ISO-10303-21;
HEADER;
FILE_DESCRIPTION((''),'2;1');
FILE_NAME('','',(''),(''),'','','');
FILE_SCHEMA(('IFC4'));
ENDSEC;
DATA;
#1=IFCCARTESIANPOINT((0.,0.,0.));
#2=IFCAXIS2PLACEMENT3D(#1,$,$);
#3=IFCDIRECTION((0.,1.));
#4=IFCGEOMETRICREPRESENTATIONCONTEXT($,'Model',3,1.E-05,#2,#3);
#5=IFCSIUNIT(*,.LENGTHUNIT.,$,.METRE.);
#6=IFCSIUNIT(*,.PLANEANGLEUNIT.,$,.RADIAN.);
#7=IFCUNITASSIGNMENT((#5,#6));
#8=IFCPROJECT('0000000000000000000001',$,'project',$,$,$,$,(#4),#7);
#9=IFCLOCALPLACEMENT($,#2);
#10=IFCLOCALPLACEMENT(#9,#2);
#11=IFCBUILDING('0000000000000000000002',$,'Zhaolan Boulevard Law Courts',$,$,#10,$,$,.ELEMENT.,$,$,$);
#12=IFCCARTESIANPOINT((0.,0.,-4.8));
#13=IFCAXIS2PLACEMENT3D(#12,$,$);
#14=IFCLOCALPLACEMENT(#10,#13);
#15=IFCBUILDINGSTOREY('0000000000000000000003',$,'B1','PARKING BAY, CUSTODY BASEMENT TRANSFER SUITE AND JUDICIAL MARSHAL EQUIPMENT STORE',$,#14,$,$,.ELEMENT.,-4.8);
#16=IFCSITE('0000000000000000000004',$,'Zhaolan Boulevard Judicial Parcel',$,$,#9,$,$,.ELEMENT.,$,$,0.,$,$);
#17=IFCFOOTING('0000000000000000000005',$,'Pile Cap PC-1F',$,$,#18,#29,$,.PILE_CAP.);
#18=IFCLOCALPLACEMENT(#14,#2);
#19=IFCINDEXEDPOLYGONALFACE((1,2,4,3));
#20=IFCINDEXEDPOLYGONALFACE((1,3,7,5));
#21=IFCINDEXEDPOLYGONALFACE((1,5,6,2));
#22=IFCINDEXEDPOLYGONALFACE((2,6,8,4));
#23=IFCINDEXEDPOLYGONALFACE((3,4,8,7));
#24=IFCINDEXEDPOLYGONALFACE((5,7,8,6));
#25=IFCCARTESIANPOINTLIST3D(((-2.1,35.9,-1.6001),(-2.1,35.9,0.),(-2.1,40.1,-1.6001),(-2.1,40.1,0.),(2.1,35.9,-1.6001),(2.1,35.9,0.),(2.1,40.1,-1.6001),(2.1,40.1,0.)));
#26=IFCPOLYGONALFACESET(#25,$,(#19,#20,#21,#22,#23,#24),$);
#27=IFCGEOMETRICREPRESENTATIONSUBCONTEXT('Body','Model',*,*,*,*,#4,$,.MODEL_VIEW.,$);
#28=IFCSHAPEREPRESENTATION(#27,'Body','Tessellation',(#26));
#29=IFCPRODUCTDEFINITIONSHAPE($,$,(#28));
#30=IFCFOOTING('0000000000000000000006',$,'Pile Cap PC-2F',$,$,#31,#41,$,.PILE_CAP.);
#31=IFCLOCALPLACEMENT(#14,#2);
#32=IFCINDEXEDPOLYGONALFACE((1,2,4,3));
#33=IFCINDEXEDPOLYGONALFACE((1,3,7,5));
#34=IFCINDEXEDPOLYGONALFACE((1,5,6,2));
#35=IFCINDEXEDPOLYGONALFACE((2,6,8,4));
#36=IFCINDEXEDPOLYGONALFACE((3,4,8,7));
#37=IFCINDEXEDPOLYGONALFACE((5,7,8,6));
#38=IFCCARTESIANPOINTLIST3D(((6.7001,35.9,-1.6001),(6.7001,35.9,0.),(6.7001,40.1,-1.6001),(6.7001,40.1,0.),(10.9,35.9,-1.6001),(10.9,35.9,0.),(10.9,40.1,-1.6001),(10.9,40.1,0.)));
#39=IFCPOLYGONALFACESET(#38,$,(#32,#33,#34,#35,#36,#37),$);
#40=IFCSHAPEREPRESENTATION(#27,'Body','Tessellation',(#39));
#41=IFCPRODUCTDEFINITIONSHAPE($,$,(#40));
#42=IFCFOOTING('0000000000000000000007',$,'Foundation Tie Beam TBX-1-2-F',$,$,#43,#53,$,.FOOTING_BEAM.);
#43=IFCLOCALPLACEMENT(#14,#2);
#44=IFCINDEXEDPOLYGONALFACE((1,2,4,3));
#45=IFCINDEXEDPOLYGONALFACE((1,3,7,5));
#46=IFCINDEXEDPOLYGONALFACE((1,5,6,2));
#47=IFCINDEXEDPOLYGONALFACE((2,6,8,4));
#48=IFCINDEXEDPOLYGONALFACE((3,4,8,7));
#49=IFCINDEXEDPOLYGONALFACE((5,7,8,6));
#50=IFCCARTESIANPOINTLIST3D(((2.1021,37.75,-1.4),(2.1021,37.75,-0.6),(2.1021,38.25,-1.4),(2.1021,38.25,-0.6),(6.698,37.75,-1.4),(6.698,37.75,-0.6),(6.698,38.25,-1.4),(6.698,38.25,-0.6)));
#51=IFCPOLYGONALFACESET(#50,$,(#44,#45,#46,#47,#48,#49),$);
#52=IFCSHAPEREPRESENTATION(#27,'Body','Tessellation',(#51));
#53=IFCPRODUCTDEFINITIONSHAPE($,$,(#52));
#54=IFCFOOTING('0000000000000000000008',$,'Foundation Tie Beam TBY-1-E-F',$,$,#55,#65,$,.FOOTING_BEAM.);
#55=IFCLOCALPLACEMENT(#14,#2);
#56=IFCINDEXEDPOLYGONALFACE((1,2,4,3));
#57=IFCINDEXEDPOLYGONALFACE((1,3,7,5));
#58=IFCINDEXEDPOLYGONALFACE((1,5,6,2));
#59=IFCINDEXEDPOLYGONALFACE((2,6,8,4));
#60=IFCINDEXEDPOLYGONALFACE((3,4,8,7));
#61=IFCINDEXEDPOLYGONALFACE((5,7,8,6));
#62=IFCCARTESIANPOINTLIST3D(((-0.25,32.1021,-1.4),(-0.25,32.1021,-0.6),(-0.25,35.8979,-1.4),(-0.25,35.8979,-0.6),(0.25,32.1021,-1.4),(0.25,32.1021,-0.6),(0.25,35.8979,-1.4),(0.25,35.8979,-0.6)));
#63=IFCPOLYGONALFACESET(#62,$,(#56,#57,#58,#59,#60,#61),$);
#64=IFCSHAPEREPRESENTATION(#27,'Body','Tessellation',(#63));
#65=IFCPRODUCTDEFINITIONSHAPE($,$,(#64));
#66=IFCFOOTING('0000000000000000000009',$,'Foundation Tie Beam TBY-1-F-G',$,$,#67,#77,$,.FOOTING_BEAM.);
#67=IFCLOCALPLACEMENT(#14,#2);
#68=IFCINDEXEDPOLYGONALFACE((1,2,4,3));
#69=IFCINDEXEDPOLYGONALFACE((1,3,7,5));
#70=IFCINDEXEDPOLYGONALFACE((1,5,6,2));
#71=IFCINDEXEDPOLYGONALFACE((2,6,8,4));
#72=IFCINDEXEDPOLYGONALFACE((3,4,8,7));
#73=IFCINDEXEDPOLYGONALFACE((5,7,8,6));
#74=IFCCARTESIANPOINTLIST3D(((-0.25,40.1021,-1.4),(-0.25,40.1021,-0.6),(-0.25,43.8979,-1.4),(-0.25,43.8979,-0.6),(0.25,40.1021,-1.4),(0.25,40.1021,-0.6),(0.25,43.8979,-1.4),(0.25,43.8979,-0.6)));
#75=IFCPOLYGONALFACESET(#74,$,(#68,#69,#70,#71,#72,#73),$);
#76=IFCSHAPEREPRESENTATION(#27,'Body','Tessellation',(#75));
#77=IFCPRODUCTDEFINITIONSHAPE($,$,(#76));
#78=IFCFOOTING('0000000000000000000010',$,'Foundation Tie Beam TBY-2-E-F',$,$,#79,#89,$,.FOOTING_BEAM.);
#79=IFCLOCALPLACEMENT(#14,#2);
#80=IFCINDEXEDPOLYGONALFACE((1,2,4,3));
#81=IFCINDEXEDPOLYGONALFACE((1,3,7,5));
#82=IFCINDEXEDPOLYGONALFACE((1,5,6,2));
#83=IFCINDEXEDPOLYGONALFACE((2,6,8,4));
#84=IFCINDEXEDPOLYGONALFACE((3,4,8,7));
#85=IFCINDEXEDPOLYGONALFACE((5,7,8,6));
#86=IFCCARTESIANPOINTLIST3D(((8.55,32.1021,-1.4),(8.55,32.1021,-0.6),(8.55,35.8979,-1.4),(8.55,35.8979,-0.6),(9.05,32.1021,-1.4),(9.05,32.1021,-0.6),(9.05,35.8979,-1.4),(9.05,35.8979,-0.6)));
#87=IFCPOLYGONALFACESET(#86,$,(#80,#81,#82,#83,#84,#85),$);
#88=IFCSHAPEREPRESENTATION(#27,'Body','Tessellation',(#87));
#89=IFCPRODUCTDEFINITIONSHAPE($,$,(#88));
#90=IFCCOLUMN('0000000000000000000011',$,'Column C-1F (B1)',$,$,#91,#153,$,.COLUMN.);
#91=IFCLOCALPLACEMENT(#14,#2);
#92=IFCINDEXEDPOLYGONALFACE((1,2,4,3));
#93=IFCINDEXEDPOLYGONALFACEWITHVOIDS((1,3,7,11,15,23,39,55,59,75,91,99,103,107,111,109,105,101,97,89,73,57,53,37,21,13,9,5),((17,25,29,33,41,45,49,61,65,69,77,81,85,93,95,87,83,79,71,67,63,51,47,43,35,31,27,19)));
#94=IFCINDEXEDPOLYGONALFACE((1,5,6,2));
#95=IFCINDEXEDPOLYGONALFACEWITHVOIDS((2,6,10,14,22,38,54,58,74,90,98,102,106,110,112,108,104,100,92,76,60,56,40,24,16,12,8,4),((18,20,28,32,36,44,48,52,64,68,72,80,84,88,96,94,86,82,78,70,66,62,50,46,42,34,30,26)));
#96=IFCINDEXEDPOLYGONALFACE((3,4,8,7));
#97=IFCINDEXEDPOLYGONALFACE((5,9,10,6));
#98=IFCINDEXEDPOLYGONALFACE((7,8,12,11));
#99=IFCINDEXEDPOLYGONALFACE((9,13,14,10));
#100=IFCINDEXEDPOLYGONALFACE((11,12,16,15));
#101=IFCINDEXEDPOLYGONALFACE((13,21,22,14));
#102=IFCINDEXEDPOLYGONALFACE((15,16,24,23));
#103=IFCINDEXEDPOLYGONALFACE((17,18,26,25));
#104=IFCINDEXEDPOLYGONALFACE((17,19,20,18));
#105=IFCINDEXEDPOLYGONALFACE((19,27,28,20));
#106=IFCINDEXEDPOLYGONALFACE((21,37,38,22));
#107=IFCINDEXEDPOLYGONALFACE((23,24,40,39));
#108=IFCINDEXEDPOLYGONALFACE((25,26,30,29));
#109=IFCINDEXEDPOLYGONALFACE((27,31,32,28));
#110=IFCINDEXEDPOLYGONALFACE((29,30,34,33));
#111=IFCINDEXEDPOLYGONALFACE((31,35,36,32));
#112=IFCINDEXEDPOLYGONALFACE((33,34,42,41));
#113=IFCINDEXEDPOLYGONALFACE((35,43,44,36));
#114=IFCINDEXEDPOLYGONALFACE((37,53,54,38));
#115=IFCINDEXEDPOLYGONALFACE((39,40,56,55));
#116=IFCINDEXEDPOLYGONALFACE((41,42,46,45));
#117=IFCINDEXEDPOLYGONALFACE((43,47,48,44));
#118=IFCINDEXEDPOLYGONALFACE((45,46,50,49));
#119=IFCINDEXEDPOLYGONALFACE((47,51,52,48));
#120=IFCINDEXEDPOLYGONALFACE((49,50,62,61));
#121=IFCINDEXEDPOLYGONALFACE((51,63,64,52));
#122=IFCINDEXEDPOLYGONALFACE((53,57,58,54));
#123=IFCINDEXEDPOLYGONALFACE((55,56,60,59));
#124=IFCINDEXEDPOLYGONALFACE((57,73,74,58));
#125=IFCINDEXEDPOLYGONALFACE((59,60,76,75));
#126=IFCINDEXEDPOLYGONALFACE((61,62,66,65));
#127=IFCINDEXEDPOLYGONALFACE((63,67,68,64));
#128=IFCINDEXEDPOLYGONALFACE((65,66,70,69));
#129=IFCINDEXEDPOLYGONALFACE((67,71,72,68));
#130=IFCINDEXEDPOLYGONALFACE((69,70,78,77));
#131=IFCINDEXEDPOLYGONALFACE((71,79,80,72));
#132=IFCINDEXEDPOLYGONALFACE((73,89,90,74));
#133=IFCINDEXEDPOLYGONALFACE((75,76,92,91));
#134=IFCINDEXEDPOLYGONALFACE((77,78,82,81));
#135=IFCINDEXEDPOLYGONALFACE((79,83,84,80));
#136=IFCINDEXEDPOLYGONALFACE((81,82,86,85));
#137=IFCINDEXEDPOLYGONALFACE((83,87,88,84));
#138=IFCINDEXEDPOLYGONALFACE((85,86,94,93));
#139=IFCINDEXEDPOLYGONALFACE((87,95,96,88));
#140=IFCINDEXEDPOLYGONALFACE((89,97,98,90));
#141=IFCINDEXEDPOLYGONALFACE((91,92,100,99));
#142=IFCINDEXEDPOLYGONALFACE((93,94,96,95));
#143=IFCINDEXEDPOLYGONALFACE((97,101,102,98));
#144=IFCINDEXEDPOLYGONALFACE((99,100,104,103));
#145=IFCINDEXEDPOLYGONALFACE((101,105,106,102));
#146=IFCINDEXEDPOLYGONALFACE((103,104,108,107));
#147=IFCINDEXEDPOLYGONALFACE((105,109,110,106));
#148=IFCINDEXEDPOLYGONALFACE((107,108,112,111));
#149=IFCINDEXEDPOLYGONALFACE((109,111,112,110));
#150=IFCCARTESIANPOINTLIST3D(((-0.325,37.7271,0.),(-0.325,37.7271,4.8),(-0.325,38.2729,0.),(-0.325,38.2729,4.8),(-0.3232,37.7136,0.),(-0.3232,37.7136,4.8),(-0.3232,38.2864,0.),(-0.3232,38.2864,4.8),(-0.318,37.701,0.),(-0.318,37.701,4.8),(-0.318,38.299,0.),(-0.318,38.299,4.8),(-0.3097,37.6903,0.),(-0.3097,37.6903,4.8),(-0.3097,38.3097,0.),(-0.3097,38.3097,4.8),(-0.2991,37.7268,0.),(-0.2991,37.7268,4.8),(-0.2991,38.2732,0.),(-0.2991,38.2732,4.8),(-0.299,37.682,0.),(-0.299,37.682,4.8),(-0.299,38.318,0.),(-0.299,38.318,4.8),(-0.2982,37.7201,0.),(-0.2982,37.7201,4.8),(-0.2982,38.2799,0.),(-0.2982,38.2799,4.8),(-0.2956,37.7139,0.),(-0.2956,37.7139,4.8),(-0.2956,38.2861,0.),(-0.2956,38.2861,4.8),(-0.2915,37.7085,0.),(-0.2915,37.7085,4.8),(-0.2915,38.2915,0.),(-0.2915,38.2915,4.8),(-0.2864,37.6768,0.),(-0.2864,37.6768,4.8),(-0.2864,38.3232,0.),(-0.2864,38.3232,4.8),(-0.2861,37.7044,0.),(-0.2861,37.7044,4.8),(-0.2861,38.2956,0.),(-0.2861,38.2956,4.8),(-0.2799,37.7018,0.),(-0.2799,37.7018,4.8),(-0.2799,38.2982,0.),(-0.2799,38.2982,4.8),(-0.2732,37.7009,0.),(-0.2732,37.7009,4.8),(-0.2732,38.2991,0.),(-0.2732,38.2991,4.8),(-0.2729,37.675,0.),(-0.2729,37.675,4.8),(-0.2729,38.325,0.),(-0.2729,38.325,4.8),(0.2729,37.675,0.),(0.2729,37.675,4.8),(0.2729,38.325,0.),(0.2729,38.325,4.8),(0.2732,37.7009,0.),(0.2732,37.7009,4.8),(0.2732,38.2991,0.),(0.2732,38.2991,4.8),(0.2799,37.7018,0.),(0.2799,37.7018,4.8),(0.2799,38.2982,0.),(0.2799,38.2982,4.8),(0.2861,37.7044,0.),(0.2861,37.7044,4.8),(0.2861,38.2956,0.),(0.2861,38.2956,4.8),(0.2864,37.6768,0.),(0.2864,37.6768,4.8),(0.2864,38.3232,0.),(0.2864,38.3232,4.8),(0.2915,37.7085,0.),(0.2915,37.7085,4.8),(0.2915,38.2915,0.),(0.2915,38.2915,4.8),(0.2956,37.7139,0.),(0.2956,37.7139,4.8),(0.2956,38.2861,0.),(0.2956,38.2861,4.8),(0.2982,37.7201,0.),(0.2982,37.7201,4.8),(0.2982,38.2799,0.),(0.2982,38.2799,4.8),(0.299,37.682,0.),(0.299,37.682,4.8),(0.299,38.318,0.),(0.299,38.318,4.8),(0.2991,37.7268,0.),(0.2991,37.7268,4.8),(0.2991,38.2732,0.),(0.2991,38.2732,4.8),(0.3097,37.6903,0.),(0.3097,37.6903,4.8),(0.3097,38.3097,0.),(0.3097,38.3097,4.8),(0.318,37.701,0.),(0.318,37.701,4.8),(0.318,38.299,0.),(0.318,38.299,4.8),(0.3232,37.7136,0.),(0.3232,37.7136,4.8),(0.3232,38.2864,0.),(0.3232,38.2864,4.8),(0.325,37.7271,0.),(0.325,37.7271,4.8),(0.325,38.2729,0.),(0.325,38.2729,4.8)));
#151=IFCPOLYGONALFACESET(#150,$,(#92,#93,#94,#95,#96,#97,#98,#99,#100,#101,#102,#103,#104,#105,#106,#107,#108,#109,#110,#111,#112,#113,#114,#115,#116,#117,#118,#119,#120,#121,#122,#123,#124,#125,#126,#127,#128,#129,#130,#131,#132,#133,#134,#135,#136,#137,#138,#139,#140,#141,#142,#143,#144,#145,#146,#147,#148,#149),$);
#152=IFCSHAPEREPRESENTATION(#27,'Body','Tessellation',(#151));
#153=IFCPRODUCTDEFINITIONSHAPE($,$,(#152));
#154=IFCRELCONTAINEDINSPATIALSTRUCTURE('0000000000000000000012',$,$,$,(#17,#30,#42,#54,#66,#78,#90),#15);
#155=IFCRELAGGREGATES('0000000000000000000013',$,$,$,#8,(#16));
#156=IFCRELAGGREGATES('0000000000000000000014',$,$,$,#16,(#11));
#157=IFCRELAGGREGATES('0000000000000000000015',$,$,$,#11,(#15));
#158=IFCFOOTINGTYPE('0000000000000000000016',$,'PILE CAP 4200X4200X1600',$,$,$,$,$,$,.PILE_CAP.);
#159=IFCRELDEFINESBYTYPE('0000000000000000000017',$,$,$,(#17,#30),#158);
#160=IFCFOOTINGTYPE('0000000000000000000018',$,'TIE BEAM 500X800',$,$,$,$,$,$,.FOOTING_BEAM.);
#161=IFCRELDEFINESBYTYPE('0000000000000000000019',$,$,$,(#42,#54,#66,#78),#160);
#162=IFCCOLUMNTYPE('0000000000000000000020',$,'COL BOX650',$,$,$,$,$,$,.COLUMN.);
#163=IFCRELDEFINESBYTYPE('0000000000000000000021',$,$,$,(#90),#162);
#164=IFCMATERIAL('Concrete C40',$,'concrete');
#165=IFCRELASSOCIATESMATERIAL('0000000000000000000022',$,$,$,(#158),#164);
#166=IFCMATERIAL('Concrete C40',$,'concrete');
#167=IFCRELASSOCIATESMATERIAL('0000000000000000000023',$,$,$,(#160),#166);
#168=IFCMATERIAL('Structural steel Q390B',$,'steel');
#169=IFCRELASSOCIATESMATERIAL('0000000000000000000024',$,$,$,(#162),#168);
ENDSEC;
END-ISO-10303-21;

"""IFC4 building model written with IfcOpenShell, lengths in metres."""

from ifc_helpers import new_model, si_unit, direction, frame, origin, origin_2d, place, context, subcontext, project, spatial, rectangle, hollow_rectangle, extrude, material, material_profile, profile_set, type_object, element, save


model = new_model("IFC4")

# Units and contexts
model_context = context("Model", 3, precision=1e-05, world=origin(), true_north=direction((0.0, 1.0)))
body_context = subcontext(model_context, "Body", "Model", "MODEL_VIEW")
ifc_project = project(units=[si_unit("LENGTHUNIT", "METRE"), si_unit("PLANEANGLEUNIT", "RADIAN")], contexts=[model_context])

# Site, building, storey
site_placement = place(None, origin())
site = spatial("IfcSite", under=ifc_project, at=site_placement, Name="Zhaolan Boulevard Judicial Parcel", CompositionType="ELEMENT", RefElevation=0.0)
building_placement = place(site_placement, origin())
building = spatial("IfcBuilding", under=site, at=building_placement, Name="Zhaolan Boulevard Law Courts", CompositionType="ELEMENT")
storey_placement = place(building_placement, frame((0.0, 0.0, -4.8)))
storey = spatial("IfcBuildingStorey", under=building, at=storey_placement, Name="B1", Description="PARKING BAY, CUSTODY BASEMENT TRANSFER SUITE AND JUDICIAL MARSHAL EQUIPMENT STORE", CompositionType="ELEMENT", Elevation=-4.8)

# Footings
ifc_material_1 = material(Name="Concrete C40", Category="concrete")
footing_type_1 = type_object("IfcFootingType", Name="PILE CAP 4200X4200X1600", PredefinedType="PILE_CAP", material=ifc_material_1)
for number, where, z_axis, x_axis, name in (
    (1, (0.0, 38.0, -1.6001), (0.0, 0.0, 1.0), (1.0, 0.0, 0.0), "Pile Cap PC-1F"),
    (2, (8.8, 38.0, -1.6001), (0.0, 0.0, 1.0), (1.0, 0.0, 0.0), "Pile Cap PC-2F"),
):
    element("IfcFooting", number, at=place(storey_placement, frame(where, z_axis=z_axis, x_axis=x_axis)), inside=storey, type_object=footing_type_1, Name=name, PredefinedType="PILE_CAP", context=body_context, shape_type="SweptSolid", body=[
        extrude(rectangle(XDim=4.2, YDim=4.2, at=origin_2d()), origin(), (0.0, 0.0, 1.0), 1.6001),
    ])
ifc_material_2 = material(Name="Concrete C40", Category="concrete")
ifc_material_profile_1 = material_profile(ifc_material_2, rectangle(XDim=0.5, YDim=0.8, at=origin_2d()), Name="RC500x800")
ifc_profile_set_1 = profile_set([ifc_material_profile_1], Name="Concrete C40")
footing_type_2 = type_object("IfcFootingType", Name="TIE BEAM 500X800", PredefinedType="FOOTING_BEAM", material=ifc_profile_set_1)
footing_placement = place(storey_placement, frame((2.1021, 38.0, -1.0), z_axis=(1.0, 0.0, 0.0), x_axis=(0.0, 1.0, 0.0)))
element("IfcFooting", 3, at=footing_placement, inside=storey, type_object=footing_type_2, Name="Foundation Tie Beam TBX-1-2-F", PredefinedType="FOOTING_BEAM", context=body_context, shape_type="SweptSolid", body=[
    extrude(rectangle(XDim=0.5, YDim=0.8, at=origin_2d()), origin(), (0.0, 0.0, 1.0), 4.5959),
])
for number, where, z_axis, x_axis, name in (
    (4, (0.0, 32.1021, -1.0), (0.0, 1.0, 0.0), (-1.0, 0.0, 0.0), "Foundation Tie Beam TBY-1-E-F"),
    (5, (0.0, 40.1021, -1.0), (0.0, 1.0, 0.0), (-1.0, 0.0, 0.0), "Foundation Tie Beam TBY-1-F-G"),
    (6, (8.8, 32.1021, -1.0), (0.0, 1.0, 0.0), (-1.0, 0.0, 0.0), "Foundation Tie Beam TBY-2-E-F"),
):
    element("IfcFooting", number, at=place(storey_placement, frame(where, z_axis=z_axis, x_axis=x_axis)), inside=storey, type_object=footing_type_2, Name=name, PredefinedType="FOOTING_BEAM", context=body_context, shape_type="SweptSolid", body=[
        extrude(rectangle(XDim=0.5, YDim=0.8, at=origin_2d()), origin(), (0.0, 0.0, 1.0), 3.7959),
    ])

# Column
ifc_material_3 = material(Name="Structural steel Q390B", Category="steel")
ifc_material_profile_2 = material_profile(ifc_material_3, hollow_rectangle(XDim=0.6499, YDim=0.6499, WallThickness=0.0259, InnerFilletRadius=0.0259, OuterFilletRadius=0.052, at=origin_2d()), Name="BOX650x650x26")
ifc_profile_set_2 = profile_set([ifc_material_profile_2], Name="Structural steel Q390B")
column_type = type_object("IfcColumnType", Name="COL BOX650", PredefinedType="COLUMN", material=ifc_profile_set_2)
for number, where, z_axis, x_axis, name in (
    (7, (0.0, 38.0, 0.0), (0.0, 0.0, 1.0), (1.0, 0.0, 0.0), "Column C-1F (B1)"),
):
    element("IfcColumn", number, at=place(storey_placement, frame(where, z_axis=z_axis, x_axis=x_axis)), inside=storey, type_object=column_type, Name=name, PredefinedType="COLUMN", context=body_context, shape_type="SweptSolid", body=[
        extrude(hollow_rectangle(XDim=0.6499, YDim=0.6499, WallThickness=0.0259, InnerFilletRadius=0.0259, OuterFilletRadius=0.052, at=origin_2d()), origin(), (0.0, 0.0, 1.0), 4.8),
    ])

save(model, "model.ifc")
